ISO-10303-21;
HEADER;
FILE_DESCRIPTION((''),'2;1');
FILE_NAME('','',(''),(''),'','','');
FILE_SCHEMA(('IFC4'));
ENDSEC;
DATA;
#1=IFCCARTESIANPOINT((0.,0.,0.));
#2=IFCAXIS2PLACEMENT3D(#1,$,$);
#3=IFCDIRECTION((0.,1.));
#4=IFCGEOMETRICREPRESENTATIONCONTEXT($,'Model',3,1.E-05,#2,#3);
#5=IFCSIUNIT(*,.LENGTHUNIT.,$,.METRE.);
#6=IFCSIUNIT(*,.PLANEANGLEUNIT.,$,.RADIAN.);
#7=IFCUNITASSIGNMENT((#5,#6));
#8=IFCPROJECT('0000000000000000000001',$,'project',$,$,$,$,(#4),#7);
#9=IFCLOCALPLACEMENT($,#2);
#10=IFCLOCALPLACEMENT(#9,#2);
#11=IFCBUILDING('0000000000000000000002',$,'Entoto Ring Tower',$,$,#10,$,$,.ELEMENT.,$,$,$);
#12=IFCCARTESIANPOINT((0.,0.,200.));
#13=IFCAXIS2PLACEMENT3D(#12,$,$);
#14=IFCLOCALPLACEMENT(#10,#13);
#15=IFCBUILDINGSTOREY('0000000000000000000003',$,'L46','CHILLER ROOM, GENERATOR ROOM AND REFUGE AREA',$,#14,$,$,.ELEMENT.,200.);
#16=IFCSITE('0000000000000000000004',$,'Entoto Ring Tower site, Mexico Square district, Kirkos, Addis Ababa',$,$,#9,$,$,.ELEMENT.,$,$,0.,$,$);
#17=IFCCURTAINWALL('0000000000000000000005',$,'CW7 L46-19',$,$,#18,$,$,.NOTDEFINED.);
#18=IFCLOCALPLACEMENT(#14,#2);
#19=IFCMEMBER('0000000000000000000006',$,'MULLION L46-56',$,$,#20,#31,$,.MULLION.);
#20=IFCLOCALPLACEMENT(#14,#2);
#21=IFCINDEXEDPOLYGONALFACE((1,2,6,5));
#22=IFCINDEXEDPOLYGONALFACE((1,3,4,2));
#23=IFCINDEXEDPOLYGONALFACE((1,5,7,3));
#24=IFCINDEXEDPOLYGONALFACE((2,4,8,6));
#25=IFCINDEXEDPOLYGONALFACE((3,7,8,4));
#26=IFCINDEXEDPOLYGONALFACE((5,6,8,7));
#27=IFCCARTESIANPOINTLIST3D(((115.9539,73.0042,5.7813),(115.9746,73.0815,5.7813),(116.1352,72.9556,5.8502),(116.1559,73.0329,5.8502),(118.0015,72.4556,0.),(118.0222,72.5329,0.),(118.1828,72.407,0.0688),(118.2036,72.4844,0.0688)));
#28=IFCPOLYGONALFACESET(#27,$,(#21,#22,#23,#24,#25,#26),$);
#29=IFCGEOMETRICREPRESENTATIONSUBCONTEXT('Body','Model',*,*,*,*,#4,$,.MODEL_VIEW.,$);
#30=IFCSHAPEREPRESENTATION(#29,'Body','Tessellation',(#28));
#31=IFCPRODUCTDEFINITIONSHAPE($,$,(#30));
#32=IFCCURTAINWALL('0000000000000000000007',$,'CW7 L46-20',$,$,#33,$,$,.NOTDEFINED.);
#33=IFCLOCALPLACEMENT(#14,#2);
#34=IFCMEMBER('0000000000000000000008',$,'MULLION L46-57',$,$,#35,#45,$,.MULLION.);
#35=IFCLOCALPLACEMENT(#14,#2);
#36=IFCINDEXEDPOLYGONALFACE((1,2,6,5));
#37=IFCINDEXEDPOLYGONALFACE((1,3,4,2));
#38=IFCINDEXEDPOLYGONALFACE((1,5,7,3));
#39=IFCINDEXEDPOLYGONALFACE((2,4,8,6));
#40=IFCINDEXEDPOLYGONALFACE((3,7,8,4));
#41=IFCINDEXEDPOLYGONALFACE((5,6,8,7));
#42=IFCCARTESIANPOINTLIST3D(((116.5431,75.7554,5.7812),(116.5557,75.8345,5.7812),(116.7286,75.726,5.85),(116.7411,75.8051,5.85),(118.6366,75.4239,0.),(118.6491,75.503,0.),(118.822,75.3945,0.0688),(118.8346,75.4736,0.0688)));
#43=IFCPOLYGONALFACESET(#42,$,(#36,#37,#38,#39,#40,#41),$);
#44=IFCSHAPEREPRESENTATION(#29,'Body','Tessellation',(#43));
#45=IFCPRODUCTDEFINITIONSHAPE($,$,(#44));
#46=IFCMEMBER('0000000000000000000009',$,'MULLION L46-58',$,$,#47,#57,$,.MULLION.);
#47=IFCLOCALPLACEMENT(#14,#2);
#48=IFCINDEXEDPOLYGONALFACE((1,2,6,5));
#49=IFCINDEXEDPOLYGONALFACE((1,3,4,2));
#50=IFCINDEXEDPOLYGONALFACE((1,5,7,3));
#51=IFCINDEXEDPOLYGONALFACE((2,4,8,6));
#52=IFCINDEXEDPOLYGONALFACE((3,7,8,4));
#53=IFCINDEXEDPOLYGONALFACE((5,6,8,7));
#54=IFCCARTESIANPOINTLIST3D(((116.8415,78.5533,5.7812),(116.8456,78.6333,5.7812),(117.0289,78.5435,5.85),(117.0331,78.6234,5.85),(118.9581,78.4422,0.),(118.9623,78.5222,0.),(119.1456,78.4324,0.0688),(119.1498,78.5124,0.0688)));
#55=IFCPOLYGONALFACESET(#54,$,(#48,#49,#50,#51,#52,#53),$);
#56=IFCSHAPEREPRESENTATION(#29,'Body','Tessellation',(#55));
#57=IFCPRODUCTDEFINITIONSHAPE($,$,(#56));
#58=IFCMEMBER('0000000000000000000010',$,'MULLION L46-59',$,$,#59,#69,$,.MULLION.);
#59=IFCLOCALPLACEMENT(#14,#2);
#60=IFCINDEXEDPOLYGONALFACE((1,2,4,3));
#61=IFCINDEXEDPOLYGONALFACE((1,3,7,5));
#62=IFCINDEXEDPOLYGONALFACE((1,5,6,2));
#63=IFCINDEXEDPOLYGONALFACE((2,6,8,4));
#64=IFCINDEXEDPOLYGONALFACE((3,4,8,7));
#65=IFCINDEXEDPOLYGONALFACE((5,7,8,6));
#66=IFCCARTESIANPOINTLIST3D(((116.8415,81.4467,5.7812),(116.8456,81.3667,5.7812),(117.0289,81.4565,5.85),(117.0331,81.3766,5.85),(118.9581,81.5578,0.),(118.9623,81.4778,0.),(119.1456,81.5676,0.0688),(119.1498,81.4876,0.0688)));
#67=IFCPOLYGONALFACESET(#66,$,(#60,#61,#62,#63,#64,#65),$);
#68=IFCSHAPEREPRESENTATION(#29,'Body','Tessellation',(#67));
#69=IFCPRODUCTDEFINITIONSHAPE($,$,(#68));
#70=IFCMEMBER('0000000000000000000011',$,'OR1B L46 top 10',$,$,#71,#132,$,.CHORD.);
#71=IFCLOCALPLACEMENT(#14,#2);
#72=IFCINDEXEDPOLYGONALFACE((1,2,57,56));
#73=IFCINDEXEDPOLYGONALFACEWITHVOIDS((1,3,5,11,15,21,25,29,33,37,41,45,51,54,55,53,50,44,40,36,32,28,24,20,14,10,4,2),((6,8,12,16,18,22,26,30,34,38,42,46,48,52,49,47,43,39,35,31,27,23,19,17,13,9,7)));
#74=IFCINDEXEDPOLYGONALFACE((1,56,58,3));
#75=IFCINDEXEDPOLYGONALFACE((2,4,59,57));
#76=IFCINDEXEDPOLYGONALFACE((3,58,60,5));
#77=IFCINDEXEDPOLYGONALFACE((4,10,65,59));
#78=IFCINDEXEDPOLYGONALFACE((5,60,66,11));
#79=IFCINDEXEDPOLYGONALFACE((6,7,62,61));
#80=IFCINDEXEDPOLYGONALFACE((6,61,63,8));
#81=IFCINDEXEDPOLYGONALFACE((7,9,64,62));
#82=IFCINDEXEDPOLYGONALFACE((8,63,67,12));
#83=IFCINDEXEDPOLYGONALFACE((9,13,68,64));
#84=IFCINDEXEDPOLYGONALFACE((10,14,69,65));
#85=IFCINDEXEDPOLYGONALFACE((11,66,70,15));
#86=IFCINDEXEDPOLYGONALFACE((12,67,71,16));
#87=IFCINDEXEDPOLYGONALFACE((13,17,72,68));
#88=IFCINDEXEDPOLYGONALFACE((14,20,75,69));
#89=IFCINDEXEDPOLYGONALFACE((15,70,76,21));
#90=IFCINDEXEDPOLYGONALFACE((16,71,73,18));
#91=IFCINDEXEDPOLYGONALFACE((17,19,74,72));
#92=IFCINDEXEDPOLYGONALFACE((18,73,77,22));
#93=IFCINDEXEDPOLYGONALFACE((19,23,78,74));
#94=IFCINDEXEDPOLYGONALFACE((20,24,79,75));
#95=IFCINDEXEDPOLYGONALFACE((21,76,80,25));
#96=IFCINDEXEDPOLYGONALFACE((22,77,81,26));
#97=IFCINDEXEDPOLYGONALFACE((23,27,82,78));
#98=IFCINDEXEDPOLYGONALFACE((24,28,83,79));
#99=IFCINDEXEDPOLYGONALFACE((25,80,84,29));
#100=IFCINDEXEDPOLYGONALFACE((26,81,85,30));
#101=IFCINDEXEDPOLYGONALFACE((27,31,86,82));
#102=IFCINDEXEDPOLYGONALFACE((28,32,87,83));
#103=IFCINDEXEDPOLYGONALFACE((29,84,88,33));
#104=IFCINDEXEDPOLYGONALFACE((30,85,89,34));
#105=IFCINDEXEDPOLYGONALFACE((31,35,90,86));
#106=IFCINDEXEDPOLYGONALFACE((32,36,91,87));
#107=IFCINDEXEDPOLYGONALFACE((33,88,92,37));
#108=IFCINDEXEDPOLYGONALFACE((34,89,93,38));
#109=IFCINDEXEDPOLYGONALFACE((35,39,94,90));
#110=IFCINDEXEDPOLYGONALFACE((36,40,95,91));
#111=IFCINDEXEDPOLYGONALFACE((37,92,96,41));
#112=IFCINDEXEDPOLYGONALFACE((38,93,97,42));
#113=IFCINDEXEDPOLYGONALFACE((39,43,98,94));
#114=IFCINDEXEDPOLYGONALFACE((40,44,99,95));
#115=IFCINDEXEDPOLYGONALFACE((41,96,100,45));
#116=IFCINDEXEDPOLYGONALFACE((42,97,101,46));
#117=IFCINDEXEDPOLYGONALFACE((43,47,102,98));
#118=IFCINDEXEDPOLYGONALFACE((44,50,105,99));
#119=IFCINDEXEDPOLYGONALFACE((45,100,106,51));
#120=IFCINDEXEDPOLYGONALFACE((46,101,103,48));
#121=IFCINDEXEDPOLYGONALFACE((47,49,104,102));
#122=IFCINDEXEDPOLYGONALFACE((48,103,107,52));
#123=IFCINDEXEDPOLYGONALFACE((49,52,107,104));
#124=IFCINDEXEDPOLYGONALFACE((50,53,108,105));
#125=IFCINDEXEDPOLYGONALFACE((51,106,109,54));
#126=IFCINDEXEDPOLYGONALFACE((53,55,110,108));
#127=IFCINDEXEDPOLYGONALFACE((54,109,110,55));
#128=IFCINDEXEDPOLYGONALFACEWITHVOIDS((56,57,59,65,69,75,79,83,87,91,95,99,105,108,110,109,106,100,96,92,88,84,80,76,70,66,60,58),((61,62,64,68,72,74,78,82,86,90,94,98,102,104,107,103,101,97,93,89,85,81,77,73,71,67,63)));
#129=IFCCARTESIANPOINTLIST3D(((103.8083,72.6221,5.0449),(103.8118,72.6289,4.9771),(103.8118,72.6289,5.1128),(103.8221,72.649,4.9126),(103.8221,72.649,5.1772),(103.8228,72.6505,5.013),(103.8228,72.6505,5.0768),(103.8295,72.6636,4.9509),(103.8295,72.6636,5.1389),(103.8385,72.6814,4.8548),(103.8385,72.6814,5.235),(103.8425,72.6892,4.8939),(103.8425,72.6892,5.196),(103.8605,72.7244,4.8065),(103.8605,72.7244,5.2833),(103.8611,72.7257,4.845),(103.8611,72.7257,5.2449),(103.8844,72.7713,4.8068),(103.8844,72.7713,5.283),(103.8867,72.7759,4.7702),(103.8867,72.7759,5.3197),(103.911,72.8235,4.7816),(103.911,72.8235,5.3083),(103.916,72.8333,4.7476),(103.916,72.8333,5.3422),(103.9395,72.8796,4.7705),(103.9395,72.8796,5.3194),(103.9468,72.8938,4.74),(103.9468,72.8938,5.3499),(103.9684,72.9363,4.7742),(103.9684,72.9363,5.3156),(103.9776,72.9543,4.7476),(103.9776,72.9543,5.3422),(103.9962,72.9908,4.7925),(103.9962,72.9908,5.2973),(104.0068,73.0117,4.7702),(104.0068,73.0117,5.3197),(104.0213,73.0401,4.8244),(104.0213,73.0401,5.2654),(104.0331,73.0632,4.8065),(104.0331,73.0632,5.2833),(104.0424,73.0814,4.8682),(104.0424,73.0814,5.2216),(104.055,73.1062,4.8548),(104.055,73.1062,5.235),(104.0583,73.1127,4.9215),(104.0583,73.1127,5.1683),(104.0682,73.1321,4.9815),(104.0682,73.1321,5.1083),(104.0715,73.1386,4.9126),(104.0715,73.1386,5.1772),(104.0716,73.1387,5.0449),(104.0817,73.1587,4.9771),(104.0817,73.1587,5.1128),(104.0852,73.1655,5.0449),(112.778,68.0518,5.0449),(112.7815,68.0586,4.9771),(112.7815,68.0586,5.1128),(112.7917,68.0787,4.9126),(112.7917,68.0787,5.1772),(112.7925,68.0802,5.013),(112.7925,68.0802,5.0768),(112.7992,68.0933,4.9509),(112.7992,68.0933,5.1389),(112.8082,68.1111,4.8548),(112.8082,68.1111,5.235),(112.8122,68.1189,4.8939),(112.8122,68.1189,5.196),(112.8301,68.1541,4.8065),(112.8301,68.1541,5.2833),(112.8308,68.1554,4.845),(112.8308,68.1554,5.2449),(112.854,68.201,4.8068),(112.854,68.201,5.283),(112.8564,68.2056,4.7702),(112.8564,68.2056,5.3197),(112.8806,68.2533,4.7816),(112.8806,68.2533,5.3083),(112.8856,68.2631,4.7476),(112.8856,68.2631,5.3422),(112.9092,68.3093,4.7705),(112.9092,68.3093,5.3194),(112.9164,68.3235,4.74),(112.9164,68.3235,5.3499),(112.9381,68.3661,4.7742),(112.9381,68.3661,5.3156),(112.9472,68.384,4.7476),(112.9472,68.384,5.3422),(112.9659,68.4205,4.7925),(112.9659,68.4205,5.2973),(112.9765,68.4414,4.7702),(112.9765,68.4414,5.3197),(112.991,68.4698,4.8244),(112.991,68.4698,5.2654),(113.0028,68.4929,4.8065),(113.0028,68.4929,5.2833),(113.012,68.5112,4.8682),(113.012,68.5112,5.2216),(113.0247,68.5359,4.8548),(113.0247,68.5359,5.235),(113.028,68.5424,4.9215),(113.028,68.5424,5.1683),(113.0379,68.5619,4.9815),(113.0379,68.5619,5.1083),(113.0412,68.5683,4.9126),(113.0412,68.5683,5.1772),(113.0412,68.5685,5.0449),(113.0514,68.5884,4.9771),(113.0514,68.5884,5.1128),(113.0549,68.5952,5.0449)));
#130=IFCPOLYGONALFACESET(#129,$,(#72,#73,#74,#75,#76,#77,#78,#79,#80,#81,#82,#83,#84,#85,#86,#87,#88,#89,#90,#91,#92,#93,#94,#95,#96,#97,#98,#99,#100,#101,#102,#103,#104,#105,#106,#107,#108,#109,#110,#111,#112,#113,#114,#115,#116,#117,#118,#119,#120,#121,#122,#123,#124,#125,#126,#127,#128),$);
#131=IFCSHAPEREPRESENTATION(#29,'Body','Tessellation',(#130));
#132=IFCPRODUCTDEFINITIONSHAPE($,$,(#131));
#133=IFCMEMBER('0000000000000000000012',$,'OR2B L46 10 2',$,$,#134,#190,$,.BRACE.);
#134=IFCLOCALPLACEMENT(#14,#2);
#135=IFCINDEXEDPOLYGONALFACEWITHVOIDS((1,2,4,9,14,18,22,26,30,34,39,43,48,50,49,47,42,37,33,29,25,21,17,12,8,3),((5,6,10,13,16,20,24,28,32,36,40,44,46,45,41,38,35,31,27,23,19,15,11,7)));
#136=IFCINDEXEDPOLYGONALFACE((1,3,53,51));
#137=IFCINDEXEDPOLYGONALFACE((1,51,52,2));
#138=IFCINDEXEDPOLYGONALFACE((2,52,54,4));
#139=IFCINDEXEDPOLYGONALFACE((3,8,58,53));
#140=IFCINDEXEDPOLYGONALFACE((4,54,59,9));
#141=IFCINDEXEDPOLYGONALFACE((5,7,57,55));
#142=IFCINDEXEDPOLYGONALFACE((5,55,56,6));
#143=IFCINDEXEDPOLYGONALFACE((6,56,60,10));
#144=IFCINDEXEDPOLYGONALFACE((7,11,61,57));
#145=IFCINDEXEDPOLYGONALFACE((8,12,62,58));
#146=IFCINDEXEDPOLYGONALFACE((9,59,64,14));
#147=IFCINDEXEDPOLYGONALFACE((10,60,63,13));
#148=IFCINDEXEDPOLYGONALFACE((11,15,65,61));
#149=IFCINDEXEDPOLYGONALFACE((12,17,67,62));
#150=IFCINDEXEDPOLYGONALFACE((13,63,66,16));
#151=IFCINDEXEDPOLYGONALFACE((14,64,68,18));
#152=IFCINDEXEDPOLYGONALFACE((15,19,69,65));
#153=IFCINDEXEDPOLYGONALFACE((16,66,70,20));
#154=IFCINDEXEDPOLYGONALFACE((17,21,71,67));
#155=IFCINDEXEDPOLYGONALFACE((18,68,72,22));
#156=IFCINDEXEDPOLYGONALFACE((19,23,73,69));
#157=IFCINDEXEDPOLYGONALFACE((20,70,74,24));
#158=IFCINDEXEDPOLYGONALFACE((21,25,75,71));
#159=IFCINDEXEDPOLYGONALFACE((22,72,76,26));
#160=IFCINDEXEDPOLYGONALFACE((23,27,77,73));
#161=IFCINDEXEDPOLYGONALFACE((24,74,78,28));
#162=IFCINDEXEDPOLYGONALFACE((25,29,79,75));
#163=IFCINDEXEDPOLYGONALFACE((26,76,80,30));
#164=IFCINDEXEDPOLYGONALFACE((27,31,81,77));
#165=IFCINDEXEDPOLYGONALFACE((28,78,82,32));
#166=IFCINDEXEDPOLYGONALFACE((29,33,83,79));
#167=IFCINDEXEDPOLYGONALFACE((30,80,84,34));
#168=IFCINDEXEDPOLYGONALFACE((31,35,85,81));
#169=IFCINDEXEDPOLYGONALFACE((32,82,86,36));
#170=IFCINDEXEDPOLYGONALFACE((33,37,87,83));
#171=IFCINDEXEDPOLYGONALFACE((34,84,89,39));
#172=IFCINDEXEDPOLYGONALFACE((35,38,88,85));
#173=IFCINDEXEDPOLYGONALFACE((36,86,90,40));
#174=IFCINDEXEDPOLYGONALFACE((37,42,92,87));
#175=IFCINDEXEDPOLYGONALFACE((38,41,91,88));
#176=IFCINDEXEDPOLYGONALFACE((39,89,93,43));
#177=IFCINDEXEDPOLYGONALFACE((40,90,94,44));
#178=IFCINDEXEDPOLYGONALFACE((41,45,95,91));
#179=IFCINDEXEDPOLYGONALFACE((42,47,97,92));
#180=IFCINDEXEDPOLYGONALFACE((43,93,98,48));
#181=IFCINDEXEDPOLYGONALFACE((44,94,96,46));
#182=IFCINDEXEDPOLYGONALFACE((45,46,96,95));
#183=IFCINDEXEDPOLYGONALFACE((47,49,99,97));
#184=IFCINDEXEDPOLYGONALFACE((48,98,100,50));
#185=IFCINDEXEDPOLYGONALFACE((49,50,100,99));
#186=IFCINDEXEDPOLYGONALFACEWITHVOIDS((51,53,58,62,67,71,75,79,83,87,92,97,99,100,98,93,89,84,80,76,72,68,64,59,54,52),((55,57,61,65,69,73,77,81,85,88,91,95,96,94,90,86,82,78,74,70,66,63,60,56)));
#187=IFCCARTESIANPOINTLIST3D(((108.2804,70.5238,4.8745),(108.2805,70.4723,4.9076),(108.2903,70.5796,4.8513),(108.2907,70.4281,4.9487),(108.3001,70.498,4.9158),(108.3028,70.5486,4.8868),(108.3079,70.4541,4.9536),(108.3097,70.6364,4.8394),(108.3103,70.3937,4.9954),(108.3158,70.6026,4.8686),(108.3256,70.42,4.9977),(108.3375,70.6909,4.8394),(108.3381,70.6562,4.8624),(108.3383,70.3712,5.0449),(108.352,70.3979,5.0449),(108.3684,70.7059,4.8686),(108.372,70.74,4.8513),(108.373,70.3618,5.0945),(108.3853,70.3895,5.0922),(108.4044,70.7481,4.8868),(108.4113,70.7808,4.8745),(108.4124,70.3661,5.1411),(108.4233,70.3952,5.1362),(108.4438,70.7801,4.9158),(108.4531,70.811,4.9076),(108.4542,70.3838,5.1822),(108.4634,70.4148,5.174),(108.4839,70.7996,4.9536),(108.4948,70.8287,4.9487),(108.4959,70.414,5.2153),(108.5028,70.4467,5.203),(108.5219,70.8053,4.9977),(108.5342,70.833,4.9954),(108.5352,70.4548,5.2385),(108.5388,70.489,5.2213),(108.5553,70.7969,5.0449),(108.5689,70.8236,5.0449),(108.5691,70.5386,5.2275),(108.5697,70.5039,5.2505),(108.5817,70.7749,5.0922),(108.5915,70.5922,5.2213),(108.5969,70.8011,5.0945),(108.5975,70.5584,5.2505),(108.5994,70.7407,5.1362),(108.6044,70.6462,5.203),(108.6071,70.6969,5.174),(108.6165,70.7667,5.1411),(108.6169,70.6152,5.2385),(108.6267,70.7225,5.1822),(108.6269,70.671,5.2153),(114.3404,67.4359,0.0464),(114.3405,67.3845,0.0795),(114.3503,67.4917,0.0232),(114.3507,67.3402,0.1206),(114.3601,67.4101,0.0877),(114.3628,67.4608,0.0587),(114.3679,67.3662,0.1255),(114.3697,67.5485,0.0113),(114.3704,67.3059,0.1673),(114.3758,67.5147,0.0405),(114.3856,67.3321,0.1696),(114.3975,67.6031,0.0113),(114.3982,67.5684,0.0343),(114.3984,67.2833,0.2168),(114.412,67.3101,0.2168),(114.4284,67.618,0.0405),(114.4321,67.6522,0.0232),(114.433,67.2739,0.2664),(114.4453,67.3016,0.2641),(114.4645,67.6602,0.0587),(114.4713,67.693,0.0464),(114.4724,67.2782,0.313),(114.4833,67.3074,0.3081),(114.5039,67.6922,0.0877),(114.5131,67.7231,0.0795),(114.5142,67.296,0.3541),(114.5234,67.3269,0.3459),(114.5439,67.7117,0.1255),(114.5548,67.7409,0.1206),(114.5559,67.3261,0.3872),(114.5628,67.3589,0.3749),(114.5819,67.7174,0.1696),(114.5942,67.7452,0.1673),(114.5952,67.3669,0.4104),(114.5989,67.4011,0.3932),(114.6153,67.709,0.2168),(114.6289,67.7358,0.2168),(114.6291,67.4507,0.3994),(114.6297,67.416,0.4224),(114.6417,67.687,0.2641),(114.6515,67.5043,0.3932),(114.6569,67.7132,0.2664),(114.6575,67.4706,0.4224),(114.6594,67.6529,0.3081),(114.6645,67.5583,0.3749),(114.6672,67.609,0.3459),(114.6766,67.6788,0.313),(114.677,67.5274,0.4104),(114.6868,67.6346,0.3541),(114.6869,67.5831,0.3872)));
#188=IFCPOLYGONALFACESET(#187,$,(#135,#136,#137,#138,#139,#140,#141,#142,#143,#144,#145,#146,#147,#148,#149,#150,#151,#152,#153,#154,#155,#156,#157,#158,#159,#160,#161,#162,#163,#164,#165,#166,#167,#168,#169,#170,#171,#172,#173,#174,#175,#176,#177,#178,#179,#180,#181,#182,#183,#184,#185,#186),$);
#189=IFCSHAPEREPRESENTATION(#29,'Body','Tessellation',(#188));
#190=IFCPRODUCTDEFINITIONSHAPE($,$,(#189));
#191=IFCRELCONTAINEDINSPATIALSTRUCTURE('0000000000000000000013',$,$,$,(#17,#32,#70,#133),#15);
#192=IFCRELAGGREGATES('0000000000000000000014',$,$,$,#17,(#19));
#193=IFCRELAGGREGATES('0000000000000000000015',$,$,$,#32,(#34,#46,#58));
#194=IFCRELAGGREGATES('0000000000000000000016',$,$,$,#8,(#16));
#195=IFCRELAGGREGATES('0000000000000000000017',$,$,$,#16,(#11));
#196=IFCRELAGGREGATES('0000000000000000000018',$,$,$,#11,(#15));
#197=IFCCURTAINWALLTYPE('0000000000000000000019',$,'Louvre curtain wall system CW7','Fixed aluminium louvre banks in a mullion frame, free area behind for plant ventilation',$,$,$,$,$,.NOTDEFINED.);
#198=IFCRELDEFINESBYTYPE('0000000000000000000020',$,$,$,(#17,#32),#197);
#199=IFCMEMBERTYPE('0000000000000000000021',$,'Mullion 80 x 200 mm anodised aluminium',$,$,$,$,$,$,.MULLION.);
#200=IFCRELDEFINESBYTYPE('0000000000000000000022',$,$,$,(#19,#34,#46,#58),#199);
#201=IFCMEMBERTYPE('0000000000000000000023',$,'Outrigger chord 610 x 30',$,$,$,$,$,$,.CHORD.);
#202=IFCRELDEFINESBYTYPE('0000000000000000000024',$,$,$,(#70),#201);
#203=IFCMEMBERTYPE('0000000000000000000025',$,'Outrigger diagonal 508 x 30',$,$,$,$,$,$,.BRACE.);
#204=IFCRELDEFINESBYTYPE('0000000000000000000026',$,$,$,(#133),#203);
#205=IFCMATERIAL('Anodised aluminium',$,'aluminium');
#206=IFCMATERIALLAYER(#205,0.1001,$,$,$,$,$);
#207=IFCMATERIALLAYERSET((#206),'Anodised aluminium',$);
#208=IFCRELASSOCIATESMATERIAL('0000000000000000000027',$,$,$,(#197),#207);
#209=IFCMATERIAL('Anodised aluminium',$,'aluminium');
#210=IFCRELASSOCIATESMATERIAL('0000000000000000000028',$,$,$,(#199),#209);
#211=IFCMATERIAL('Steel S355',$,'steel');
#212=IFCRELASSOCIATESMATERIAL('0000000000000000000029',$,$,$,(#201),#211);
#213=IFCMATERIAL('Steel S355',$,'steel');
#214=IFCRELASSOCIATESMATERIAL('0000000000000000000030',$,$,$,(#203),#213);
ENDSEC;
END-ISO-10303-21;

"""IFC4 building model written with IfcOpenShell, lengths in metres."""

from ifc_helpers import new_model, si_unit, direction, frame, origin, origin_2d, place, context, subcontext, project, spatial, rectangle, circle, hollow_circle, extrude, material, layer, layer_set, material_profile, profile_set, type_object, element, aggregate, save


model = new_model("IFC4")

# Units and contexts
model_context = context("Model", 3, precision=1e-05, world=origin(), true_north=direction((0.0, 1.0)))
body_context = subcontext(model_context, "Body", "Model", "MODEL_VIEW")
ifc_project = project(units=[si_unit("LENGTHUNIT", "METRE"), si_unit("PLANEANGLEUNIT", "RADIAN")], contexts=[model_context])

# Site, building, storey
site_placement = place(None, origin())
site = spatial("IfcSite", under=ifc_project, at=site_placement, Name="Entoto Ring Tower site, Mexico Square district, Kirkos, Addis Ababa", CompositionType="ELEMENT", RefElevation=0.0)
building_placement = place(site_placement, origin())
building = spatial("IfcBuilding", under=site, at=building_placement, Name="Entoto Ring Tower", CompositionType="ELEMENT")
storey_placement = place(building_placement, frame((0.0, 0.0, 200.0)))
storey = spatial("IfcBuildingStorey", under=building, at=storey_placement, Name="L46", Description="CHILLER ROOM, GENERATOR ROOM AND REFUGE AREA", CompositionType="ELEMENT", Elevation=200.0)

# Curtain walls, members
ifc_material_1 = material(Name="Anodised aluminium", Category="aluminium")
ifc_layer_1 = layer(ifc_material_1, 0.1001)
ifc_layer_set_1 = layer_set([ifc_layer_1], Name="Anodised aluminium")
curtain_wall_type = type_object("IfcCurtainWallType", Name="Louvre curtain wall system CW7", Description="Fixed aluminium louvre banks in a mullion frame, free area behind for plant ventilation", PredefinedType="NOTDEFINED", material=ifc_layer_set_1)
curtain_wall_1_placement = place(storey_placement, origin())
curtain_wall_1 = element("IfcCurtainWall", 1, at=curtain_wall_1_placement, inside=storey, type_object=curtain_wall_type, Name="CW7 L46-19", PredefinedType="NOTDEFINED")
ifc_material_2 = material(Name="Anodised aluminium", Category="aluminium")
ifc_material_profile_1 = material_profile(ifc_material_2, rectangle(XDim=0.0801, YDim=0.2, at=origin_2d()), Name="Mullion 80 x 200 mm anodised aluminium")
ifc_profile_set_1 = profile_set([ifc_material_profile_1], Name="Anodised aluminium")
member_type_1 = type_object("IfcMemberType", Name="Mullion 80 x 200 mm anodised aluminium", PredefinedType="MULLION", material=ifc_profile_set_1)
member_1_placement = place(storey_placement, frame((118.1025, 72.47, 0.0344), z_axis=(-0.332531, 0.08909, 0.938875), x_axis=(-0.258788, -0.965934, 0.0)))
member_1 = element("IfcMember", 2, at=member_1_placement, type_object=member_type_1, Name="MULLION L46-56", PredefinedType="MULLION", context=body_context, shape_type="SweptSolid", body=[
    extrude(rectangle(XDim=0.0801, YDim=0.2, at=origin_2d()), origin(), (0.0, 0.0, 1.0), 6.1577),
])
aggregate(curtain_wall_1, [member_1])
curtain_wall_2_placement = place(storey_placement, origin())
curtain_wall_2 = element("IfcCurtainWall", 3, at=curtain_wall_2_placement, inside=storey, type_object=curtain_wall_type, Name="CW7 L46-20", PredefinedType="NOTDEFINED")
member_2_placement = place(storey_placement, frame((118.7356, 75.4487, 0.0344), z_axis=(-0.33999, 0.053843, 0.938887), x_axis=(-0.156418, -0.987691, 0.0)))
member_2 = element("IfcMember", 4, at=member_2_placement, type_object=member_type_1, Name="MULLION L46-57", PredefinedType="MULLION", context=body_context, shape_type="SweptSolid", body=[
    extrude(rectangle(XDim=0.0801, YDim=0.2, at=origin_2d()), origin(), (0.0, 0.0, 1.0), 6.1575),
])
member_3_placement = place(storey_placement, frame((119.054, 78.4773, 0.0344), z_axis=(-0.343756, 0.01804, 0.938886), x_axis=(-0.052408, -0.998626, 0.0)))
member_3 = element("IfcMember", 5, at=member_3_placement, type_object=member_type_1, Name="MULLION L46-58", PredefinedType="MULLION", context=body_context, shape_type="SweptSolid", body=[
    extrude(rectangle(XDim=0.0801, YDim=0.2, at=origin_2d()), origin(), (0.0, 0.0, 1.0), 6.1575),
])
member_4_placement = place(storey_placement, frame((119.054, 81.5227, 0.0344), z_axis=(-0.343756, -0.01804, 0.938886), x_axis=(0.052408, -0.998626, 0.0)))
member_4 = element("IfcMember", 6, at=member_4_placement, type_object=member_type_1, Name="MULLION L46-59", PredefinedType="MULLION", context=body_context, shape_type="SweptSolid", body=[
    extrude(rectangle(XDim=0.0801, YDim=0.2, at=origin_2d()), origin(), (0.0, 0.0, 1.0), 6.1575),
])
aggregate(curtain_wall_2, [member_2, member_3, member_4])

# Members
ifc_material_3 = material(Name="Steel S355", Category="steel")
ifc_material_profile_2 = material_profile(ifc_material_3, hollow_circle(Radius=0.3049, WallThickness=0.03, at=origin_2d()), Name="CHS 610 x 30")
ifc_material_4 = material(Name="Concrete C60/75", Category="concrete")
ifc_material_profile_3 = material_profile(ifc_material_4, circle(Radius=0.2749, at=origin_2d()), Name="Concrete C60/75 infill")
ifc_profile_set_2 = profile_set([ifc_material_profile_2, ifc_material_profile_3], Name="Steel S355")
member_type_2 = type_object("IfcMemberType", Name="Outrigger chord 610 x 30", PredefinedType="CHORD", material=ifc_profile_set_2)
member_5_placement = place(storey_placement, frame((103.9468, 72.8938, 5.0449), z_axis=(0.891006, -0.453991, 0.0), x_axis=(0.453991, 0.891006, 0.0)))
element("IfcMember", 7, at=member_5_placement, inside=storey, type_object=member_type_2, Name="OR1B L46 top 10", PredefinedType="CHORD", context=body_context, shape_type="SweptSolid", body=[
    extrude(hollow_circle(Radius=0.3049, WallThickness=0.03, at=origin_2d()), origin(), (0.0, 0.0, 1.0), 10.0669),
])
ifc_material_5 = material(Name="Steel S355", Category="steel")
ifc_material_profile_4 = material_profile(ifc_material_5, hollow_circle(Radius=0.2539, WallThickness=0.03, at=origin_2d()), Name="CHS 508 x 30")
ifc_material_6 = material(Name="Concrete C60/75", Category="concrete")
ifc_material_profile_5 = material_profile(ifc_material_6, circle(Radius=0.2241, at=origin_2d()), Name="Concrete C60/75 infill")
ifc_profile_set_3 = profile_set([ifc_material_profile_4, ifc_material_profile_5], Name="Steel S355")
member_type_3 = type_object("IfcMemberType", Name="Outrigger diagonal 508 x 30", PredefinedType="BRACE", material=ifc_profile_set_3)
member_6_placement = place(storey_placement, frame((108.4536, 70.5974, 5.0449), z_axis=(0.72655, -0.370212, -0.578851), x_axis=(0.454006, 0.890998, 0.0)))
element("IfcMember", 8, at=member_6_placement, inside=storey, type_object=member_type_3, Name="OR2B L46 10 2", PredefinedType="BRACE", context=body_context, shape_type="SweptSolid", body=[
    extrude(hollow_circle(Radius=0.2539, WallThickness=0.03, at=origin_2d()), origin(), (0.0, 0.0, 1.0), 8.3408),
])

save(model, "model.ifc")
